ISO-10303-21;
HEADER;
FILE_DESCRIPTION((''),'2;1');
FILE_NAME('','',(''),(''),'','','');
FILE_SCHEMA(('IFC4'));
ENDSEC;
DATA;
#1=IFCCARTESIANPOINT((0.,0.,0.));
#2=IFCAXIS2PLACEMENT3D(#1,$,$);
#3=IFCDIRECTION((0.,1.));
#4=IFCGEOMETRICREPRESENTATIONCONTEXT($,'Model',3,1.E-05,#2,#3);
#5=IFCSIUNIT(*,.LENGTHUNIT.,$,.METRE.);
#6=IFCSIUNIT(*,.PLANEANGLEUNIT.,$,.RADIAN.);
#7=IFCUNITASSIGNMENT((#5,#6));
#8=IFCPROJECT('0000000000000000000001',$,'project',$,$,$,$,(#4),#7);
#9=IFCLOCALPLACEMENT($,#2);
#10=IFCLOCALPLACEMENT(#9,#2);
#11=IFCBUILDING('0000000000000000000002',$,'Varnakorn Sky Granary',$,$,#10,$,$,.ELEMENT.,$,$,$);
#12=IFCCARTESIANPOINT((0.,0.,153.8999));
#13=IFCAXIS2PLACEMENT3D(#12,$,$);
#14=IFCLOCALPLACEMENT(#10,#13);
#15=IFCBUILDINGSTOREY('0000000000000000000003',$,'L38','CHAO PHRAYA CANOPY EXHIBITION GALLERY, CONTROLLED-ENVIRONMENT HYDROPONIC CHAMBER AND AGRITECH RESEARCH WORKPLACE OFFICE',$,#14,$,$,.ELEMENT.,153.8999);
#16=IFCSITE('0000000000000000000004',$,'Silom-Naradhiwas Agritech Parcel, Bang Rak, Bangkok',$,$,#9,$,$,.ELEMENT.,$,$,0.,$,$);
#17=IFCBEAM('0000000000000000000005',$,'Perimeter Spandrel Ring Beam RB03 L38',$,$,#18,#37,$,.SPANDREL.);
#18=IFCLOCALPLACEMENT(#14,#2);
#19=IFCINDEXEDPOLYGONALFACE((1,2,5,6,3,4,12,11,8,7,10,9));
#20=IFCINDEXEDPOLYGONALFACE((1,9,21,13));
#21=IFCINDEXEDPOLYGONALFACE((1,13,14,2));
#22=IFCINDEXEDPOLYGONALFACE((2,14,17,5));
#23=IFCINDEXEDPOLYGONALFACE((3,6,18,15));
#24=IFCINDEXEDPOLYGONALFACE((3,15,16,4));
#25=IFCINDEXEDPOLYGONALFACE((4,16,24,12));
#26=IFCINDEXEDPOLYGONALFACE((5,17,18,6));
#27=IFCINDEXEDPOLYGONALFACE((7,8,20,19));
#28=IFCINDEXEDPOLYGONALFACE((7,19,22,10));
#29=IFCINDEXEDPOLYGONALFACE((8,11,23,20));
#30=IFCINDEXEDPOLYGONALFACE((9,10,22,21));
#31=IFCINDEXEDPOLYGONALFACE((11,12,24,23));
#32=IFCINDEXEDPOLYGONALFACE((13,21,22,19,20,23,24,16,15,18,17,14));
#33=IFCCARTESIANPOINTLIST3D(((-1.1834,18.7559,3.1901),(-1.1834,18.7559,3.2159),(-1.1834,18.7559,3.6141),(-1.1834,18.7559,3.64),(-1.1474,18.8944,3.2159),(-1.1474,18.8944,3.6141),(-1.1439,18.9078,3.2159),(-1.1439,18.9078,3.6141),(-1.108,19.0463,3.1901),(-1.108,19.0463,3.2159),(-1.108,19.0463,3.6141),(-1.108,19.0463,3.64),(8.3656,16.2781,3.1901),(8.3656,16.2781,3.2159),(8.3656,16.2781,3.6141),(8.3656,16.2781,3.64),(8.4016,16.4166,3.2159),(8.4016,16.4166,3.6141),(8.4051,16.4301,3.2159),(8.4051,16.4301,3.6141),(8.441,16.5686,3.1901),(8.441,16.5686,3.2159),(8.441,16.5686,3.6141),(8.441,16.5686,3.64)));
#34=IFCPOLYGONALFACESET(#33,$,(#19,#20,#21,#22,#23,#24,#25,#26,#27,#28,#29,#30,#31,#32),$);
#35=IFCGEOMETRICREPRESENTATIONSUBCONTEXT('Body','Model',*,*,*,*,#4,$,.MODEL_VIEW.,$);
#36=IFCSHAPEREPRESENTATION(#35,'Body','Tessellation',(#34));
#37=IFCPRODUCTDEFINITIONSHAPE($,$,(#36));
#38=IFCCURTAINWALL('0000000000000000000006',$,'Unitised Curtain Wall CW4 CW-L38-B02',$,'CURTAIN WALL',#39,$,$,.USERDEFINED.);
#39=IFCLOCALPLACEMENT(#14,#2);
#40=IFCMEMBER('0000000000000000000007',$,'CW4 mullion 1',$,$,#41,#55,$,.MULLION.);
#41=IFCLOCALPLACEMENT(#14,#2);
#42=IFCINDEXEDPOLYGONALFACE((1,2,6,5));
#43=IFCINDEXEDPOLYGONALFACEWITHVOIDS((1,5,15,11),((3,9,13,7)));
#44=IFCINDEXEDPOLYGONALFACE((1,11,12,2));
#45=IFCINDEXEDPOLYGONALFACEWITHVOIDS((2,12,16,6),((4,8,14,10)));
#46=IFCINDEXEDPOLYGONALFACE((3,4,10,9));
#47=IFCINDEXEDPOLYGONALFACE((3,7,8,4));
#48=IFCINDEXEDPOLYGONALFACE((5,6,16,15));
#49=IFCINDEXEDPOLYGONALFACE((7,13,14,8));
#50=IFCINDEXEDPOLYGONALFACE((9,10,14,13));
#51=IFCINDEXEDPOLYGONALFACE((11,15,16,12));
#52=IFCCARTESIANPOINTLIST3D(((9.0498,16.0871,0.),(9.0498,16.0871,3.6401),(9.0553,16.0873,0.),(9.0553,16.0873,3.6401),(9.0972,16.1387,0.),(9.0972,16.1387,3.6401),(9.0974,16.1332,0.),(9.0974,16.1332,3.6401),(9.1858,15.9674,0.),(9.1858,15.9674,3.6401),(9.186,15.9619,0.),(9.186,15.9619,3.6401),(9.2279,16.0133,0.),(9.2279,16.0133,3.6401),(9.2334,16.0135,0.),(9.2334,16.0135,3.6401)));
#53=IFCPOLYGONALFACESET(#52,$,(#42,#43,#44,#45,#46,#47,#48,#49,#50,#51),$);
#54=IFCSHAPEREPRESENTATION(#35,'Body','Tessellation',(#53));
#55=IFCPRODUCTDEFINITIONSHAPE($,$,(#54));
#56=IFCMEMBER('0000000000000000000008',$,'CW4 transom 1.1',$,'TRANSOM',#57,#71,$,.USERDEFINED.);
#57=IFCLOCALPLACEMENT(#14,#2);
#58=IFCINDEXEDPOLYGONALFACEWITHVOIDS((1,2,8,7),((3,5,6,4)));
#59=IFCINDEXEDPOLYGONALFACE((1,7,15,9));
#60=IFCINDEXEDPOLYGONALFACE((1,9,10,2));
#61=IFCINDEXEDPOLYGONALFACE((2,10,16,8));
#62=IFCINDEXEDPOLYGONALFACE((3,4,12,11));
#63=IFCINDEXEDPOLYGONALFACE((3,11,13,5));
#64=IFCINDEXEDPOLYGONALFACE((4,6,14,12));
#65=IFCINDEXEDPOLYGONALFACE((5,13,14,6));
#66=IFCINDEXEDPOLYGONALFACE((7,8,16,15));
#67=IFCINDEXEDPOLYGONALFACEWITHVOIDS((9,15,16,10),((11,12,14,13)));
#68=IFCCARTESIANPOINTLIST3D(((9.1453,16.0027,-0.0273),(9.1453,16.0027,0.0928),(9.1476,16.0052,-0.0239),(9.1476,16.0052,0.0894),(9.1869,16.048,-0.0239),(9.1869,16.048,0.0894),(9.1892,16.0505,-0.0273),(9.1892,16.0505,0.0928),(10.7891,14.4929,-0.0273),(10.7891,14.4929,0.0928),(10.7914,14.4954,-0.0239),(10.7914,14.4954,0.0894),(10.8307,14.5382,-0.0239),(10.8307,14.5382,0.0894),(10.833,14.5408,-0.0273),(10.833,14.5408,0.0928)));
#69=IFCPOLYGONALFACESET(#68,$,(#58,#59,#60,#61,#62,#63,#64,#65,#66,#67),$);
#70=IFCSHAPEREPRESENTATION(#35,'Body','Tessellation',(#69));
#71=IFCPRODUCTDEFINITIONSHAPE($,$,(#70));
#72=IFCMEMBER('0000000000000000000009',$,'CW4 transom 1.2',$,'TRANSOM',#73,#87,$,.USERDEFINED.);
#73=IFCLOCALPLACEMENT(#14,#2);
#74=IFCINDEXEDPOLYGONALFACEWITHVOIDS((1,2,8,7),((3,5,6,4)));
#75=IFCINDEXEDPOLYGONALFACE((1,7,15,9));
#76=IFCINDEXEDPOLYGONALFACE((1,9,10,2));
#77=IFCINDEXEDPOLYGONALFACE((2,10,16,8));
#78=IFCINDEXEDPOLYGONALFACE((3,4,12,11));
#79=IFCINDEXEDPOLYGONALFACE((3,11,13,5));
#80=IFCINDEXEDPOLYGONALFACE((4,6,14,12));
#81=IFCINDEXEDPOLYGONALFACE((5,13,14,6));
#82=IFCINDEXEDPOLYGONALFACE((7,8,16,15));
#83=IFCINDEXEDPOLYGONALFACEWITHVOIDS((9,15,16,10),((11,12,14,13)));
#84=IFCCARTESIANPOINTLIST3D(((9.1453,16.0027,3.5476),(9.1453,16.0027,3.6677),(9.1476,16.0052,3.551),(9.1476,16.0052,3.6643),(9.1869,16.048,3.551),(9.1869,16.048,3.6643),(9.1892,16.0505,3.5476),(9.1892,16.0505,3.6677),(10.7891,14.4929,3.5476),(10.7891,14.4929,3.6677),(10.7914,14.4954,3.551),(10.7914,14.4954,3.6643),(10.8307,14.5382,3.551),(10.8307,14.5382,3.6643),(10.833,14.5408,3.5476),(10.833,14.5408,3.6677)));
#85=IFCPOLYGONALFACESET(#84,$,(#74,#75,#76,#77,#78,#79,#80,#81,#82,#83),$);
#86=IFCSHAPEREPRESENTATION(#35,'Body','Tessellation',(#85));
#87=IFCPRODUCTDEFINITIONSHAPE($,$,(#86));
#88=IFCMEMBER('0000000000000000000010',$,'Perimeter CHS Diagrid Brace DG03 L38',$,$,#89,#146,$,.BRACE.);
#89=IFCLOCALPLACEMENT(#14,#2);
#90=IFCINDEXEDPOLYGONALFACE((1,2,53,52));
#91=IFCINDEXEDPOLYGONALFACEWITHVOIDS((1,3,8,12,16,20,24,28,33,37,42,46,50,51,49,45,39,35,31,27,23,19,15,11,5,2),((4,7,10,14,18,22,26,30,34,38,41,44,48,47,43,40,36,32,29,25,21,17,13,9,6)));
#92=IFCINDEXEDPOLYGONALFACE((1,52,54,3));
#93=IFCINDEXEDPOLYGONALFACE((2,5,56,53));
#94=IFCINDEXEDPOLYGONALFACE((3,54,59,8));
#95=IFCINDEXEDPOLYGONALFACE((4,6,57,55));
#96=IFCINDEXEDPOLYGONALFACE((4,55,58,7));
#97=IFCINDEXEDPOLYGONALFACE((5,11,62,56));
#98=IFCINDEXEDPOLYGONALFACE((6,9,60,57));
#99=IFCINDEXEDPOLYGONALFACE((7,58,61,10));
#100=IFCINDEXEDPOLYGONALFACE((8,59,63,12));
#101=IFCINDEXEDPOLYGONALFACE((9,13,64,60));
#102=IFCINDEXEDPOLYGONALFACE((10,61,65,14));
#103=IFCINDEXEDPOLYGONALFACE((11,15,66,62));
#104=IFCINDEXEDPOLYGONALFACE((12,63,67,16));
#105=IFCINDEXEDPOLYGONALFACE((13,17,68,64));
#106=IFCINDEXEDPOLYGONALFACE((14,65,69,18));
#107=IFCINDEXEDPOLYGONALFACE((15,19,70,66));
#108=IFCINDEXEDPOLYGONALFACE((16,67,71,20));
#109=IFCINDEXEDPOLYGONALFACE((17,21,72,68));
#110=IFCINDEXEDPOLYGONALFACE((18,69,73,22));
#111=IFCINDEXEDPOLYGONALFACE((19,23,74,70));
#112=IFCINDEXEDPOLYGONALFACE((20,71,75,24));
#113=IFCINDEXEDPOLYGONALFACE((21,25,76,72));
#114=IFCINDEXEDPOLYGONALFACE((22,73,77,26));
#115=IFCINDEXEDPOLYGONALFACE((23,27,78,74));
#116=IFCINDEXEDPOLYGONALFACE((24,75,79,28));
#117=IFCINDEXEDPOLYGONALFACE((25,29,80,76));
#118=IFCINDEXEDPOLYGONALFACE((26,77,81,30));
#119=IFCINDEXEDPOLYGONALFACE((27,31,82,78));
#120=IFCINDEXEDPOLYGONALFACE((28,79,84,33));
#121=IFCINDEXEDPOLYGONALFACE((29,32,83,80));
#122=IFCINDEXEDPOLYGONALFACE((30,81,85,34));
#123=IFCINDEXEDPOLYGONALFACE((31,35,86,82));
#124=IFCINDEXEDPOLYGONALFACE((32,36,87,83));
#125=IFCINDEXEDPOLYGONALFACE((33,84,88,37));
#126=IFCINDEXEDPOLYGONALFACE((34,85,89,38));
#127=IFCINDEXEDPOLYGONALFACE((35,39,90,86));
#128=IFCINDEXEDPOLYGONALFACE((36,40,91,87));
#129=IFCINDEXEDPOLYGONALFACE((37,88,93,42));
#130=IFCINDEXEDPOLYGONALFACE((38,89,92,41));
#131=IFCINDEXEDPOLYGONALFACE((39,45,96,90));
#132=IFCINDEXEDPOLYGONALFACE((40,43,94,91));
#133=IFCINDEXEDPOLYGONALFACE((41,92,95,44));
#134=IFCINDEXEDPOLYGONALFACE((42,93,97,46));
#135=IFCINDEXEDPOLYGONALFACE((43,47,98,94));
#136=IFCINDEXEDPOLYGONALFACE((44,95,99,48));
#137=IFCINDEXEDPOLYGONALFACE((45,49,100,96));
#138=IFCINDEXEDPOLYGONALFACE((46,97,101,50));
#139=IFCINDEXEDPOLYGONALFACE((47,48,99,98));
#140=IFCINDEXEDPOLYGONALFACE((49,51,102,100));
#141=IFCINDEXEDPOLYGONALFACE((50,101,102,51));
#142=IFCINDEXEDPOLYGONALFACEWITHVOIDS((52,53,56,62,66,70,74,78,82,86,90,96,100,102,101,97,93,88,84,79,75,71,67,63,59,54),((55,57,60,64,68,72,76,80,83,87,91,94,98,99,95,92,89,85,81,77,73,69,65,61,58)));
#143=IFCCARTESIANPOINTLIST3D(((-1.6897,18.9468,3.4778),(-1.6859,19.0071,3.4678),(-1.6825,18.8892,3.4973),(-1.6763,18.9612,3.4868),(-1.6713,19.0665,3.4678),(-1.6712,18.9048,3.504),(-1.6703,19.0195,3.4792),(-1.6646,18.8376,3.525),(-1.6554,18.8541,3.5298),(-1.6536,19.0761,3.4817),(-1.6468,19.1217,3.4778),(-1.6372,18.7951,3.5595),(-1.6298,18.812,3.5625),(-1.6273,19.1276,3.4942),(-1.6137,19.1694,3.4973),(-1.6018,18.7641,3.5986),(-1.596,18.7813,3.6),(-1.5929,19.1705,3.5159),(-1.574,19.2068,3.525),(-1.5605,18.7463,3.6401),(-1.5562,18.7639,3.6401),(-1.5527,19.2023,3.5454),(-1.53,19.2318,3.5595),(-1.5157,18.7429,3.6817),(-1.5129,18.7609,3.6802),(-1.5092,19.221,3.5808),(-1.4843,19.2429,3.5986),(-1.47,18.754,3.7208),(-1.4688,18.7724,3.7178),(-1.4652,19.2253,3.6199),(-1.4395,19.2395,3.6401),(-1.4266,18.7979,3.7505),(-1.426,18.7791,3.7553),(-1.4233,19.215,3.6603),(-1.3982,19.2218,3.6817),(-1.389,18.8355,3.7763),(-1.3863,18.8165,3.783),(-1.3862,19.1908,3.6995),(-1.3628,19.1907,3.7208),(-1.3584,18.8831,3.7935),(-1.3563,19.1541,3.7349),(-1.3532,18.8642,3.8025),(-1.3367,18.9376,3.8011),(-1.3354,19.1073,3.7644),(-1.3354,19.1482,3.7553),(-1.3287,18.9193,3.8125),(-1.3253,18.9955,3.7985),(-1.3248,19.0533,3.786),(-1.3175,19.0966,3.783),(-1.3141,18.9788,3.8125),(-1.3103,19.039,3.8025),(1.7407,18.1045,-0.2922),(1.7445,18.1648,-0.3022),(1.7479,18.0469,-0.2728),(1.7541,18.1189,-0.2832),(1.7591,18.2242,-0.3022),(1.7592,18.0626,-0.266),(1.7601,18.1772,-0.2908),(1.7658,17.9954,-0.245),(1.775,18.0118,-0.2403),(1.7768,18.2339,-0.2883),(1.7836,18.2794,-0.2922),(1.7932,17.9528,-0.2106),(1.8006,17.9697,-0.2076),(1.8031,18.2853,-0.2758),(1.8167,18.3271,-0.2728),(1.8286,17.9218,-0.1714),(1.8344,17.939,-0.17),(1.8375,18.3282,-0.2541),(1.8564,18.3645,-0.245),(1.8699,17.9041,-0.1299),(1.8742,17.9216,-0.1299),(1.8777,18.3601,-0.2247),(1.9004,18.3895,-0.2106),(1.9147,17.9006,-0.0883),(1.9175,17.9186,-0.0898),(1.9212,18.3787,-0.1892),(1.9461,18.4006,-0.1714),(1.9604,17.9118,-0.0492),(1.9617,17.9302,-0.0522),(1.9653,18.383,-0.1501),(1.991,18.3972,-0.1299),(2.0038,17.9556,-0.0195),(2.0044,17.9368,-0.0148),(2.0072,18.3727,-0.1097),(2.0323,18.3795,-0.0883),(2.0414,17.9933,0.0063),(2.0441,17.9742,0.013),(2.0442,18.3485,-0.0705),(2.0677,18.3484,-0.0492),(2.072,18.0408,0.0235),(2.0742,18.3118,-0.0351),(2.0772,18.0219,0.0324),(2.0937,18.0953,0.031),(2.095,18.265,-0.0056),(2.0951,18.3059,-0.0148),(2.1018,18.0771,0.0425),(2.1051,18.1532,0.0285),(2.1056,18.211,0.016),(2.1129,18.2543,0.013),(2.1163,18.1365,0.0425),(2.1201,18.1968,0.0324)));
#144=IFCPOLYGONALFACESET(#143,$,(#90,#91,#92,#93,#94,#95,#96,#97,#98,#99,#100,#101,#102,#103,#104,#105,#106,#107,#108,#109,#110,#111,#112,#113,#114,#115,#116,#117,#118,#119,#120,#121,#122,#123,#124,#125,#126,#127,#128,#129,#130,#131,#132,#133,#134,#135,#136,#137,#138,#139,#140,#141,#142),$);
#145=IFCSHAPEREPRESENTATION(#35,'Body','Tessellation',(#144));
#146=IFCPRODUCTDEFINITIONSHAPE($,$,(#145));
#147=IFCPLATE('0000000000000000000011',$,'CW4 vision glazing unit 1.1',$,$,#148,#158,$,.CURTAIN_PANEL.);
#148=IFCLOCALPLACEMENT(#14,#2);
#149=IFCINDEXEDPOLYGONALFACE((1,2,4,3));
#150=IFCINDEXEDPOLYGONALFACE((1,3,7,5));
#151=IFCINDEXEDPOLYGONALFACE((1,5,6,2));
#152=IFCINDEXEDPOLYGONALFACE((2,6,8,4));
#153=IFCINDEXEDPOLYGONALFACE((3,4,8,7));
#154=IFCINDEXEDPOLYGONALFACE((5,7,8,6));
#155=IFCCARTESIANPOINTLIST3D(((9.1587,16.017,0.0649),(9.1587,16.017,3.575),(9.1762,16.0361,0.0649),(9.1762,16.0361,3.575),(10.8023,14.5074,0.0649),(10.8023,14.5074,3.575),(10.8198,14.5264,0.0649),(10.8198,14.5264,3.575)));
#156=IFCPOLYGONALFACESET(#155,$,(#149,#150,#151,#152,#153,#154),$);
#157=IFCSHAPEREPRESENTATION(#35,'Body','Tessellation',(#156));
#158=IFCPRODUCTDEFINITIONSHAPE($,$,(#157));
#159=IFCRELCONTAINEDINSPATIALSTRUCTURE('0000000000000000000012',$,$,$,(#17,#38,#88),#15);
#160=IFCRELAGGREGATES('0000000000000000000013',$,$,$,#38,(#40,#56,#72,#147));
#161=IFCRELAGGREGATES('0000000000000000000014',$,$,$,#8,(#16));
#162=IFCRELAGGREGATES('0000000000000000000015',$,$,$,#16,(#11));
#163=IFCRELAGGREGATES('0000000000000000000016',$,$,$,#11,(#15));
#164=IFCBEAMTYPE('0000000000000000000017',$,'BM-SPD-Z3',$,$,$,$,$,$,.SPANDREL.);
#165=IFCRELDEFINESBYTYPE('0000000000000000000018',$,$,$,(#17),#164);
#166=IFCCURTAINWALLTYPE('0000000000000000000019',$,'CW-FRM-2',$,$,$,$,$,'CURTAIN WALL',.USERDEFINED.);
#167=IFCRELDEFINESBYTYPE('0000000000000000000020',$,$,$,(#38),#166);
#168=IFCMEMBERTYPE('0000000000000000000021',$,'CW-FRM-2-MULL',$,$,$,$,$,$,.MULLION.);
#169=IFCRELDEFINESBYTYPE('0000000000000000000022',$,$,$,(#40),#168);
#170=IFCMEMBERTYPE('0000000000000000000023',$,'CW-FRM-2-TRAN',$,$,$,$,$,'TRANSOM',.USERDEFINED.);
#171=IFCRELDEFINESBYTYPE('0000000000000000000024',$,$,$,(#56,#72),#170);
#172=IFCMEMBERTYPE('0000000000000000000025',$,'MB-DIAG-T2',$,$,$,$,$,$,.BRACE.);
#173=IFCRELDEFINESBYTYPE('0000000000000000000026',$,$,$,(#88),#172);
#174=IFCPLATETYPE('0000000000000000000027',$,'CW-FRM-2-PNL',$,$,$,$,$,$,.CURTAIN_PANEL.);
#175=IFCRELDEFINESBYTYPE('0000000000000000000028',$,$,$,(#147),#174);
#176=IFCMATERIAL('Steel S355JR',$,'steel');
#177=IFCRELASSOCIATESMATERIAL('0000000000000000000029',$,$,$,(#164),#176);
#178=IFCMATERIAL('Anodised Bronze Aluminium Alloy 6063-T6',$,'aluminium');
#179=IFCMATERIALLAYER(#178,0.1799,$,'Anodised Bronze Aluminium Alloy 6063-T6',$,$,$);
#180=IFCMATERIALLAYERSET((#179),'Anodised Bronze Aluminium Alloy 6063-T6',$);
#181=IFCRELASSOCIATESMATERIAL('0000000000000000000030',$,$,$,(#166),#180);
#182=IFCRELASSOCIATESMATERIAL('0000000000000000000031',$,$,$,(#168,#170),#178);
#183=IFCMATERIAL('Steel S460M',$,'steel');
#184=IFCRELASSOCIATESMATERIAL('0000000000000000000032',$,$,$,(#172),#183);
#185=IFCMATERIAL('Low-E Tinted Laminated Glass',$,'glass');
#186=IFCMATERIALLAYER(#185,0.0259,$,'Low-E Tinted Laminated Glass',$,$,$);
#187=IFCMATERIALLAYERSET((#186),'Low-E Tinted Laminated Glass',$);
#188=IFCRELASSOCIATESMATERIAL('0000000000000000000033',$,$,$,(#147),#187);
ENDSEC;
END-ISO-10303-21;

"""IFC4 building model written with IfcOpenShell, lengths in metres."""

from ifc_helpers import new_model, si_unit, direction, frame, origin, origin_2d, place, context, subcontext, project, spatial, rectangle, hollow_rectangle, hollow_circle, i_section, extrude, source, transform, mapped, material, layer, layer_set, material_profile, profile_set, type_object, type_shapes, element, aggregate, save


model = new_model("IFC4")

# Units and contexts
model_context = context("Model", 3, precision=1e-05, world=origin(), true_north=direction((0.0, 1.0)))
body_context = subcontext(model_context, "Body", "Model", "MODEL_VIEW")
ifc_project = project(units=[si_unit("LENGTHUNIT", "METRE"), si_unit("PLANEANGLEUNIT", "RADIAN")], contexts=[model_context])

# Site, building, storey
site_placement = place(None, origin())
site = spatial("IfcSite", under=ifc_project, at=site_placement, Name="Silom-Naradhiwas Agritech Parcel, Bang Rak, Bangkok", CompositionType="ELEMENT", RefElevation=0.0)
building_placement = place(site_placement, origin())
building = spatial("IfcBuilding", under=site, at=building_placement, Name="Varnakorn Sky Granary", CompositionType="ELEMENT")
storey_placement = place(building_placement, frame((0.0, 0.0, 153.8999)))
storey = spatial("IfcBuildingStorey", under=building, at=storey_placement, Name="L38", Description="CHAO PHRAYA CANOPY EXHIBITION GALLERY, CONTROLLED-ENVIRONMENT HYDROPONIC CHAMBER AND AGRITECH RESEARCH WORKPLACE OFFICE", CompositionType="ELEMENT", Elevation=153.8999)

# Shared definitions
ifc_material_1 = material(Name="Steel S460M", Category="steel")

# Beam
ifc_material_2 = material(Name="Steel S355JR", Category="steel")
ifc_material_profile_1 = material_profile(ifc_material_2, i_section(OverallWidth=0.3, OverallDepth=0.45, WebThickness=0.0139, FlangeThickness=0.0259, at=origin_2d()), Name="HE 450 B")
ifc_profile_set_1 = profile_set([ifc_material_profile_1], Name="Steel S355JR")
beam_type_1 = type_object("IfcBeamType", Name="BM-SPD-Z3", PredefinedType="SPANDREL", material=ifc_profile_set_1)
beam_1_placement = place(storey_placement, frame((8.4033, 16.4233, 3.415), z_axis=(-0.967945, 0.251161, 0.0), x_axis=(-0.251161, -0.967945, 0.0)))
element("IfcBeam", 1, at=beam_1_placement, inside=storey, type_object=beam_type_1, Name="Perimeter Spandrel Ring Beam RB03 L38", PredefinedType="SPANDREL", context=body_context, shape_type="SweptSolid", body=[
    extrude(i_section(OverallWidth=0.3, OverallDepth=0.45, WebThickness=0.0139, FlangeThickness=0.0259, at=origin_2d()), origin(), (0.0, 0.0, 1.0), 9.8652),
])

# Curtain wall, members
ifc_material_3 = material(Name="Anodised Bronze Aluminium Alloy 6063-T6", Category="aluminium")
ifc_layer_1 = layer(ifc_material_3, 0.1799, Name="Anodised Bronze Aluminium Alloy 6063-T6")
ifc_layer_set_1 = layer_set([ifc_layer_1], Name="Anodised Bronze Aluminium Alloy 6063-T6")
curtain_wall_type = type_object("IfcCurtainWallType", Name="CW-FRM-2", ElementType="CURTAIN WALL", PredefinedType="USERDEFINED", material=ifc_layer_set_1)
curtain_wall_placement = place(storey_placement, origin())
curtain_wall = element("IfcCurtainWall", 2, at=curtain_wall_placement, inside=storey, type_object=curtain_wall_type, Name="Unitised Curtain Wall CW4 CW-L38-B02", ObjectType="CURTAIN WALL", PredefinedType="USERDEFINED")
ifc_material_profile_2 = material_profile(ifc_material_3, hollow_rectangle(XDim=0.0701, YDim=0.1851, WallThickness=0.0039, at=origin_2d()), Name="ALU MULL 70x185")
ifc_profile_set_2 = profile_set([ifc_material_profile_2], Name="Anodised Bronze Aluminium Alloy 6063-T6")
member_type_1 = type_object("IfcMemberType", Name="CW-FRM-2-MULL", PredefinedType="MULLION", material=ifc_profile_set_2)
member_1_placement = place(storey_placement, frame((9.1416, 16.0503, 0.0), z_axis=(0.0, 0.0, 1.0), x_axis=(0.676472, 0.736469, 0.0)))
member_1 = element("IfcMember", 3, at=member_1_placement, type_object=member_type_1, Name="CW4 mullion 1", PredefinedType="MULLION", context=body_context, shape_type="SweptSolid", body=[
    extrude(hollow_rectangle(XDim=0.0701, YDim=0.1851, WallThickness=0.0039, at=origin_2d()), origin(), (0.0, 0.0, 1.0), 3.6401),
])
ifc_material_profile_3 = material_profile(ifc_material_3, hollow_rectangle(XDim=0.0649, YDim=0.1201, WallThickness=0.0034, at=origin_2d()), Name="ALU TRAN 65x120")
ifc_profile_set_3 = profile_set([ifc_material_profile_3], Name="Anodised Bronze Aluminium Alloy 6063-T6")
member_type_2 = type_object("IfcMemberType", Name="CW-FRM-2-TRAN", ElementType="TRANSOM", PredefinedType="USERDEFINED", material=ifc_profile_set_3)
member_2_placement = place(storey_placement, frame((9.1672, 16.0266, 0.0327), z_axis=(0.736495, -0.676443, 0.0), x_axis=(0.676443, 0.736495, 0.0)))
member_2 = element("IfcMember", 4, at=member_2_placement, type_object=member_type_2, Name="CW4 transom 1.1", ObjectType="TRANSOM", PredefinedType="USERDEFINED", context=body_context, shape_type="SweptSolid", body=[
    extrude(hollow_rectangle(XDim=0.0649, YDim=0.1201, WallThickness=0.0034, at=origin_2d()), origin(), (0.0, 0.0, 1.0), 2.2319),
])
member_3_placement = place(storey_placement, frame((9.1672, 16.0266, 3.6077), z_axis=(0.736495, -0.676443, 0.0), x_axis=(0.676443, 0.736495, 0.0)))
member_3 = element("IfcMember", 5, at=member_3_placement, type_object=member_type_2, Name="CW4 transom 1.2", ObjectType="TRANSOM", PredefinedType="USERDEFINED", context=body_context, shape_type="SweptSolid", body=[
    extrude(hollow_rectangle(XDim=0.0649, YDim=0.1201, WallThickness=0.0034, at=origin_2d()), origin(), (0.0, 0.0, 1.0), 2.2319),
])

# Member
ifc_material_profile_4 = material_profile(ifc_material_1, hollow_circle(Radius=0.2539, WallThickness=0.0181, at=origin_2d()), Name="CHS 508x18")
ifc_profile_set_4 = profile_set([ifc_material_profile_4], Name="Steel S460M")
member_type_3 = type_object("IfcMemberType", Name="MB-DIAG-T2", PredefinedType="BRACE", material=ifc_profile_set_4)
member_4_placement = place(storey_placement, frame((1.9304, 18.1506, -0.1299), z_axis=(-0.664004, 0.163036, 0.729738), x_axis=(-0.238452, -0.971154, 0.0)))
element("IfcMember", 6, at=member_4_placement, inside=storey, type_object=member_type_3, Name="Perimeter CHS Diagrid Brace DG03 L38", PredefinedType="BRACE", context=body_context, shape_type="SweptSolid", body=[
    extrude(hollow_circle(Radius=0.2539, WallThickness=0.0181, at=origin_2d()), origin(), (0.0, 0.0, 1.0), 5.1663),
])

# Plate
ifc_material_4 = material(Name="Low-E Tinted Laminated Glass", Category="glass")
ifc_layer_2 = layer(ifc_material_4, 0.0259, Name="Low-E Tinted Laminated Glass")
ifc_layer_set_2 = layer_set([ifc_layer_2], Name="Low-E Tinted Laminated Glass")
plate_type = type_object("IfcPlateType", Name="CW-FRM-2-PNL", PredefinedType="CURTAIN_PANEL")
shared_shape_1 = source(origin(), body_context, "Body", "SweptSolid", [
    extrude(rectangle(XDim=2.2317, YDim=0.0259, at=origin_2d()), origin(), (0.0, 0.0, 1.0), 3.51),
])
type_shapes(plate_type, [shared_shape_1])
plate_placement = place(storey_placement, frame((9.9893, 15.2717, 0.0649), z_axis=(0.0, 0.0, 1.0), x_axis=(0.736469, -0.676472, 0.0)))
plate = element("IfcPlate", 7, at=plate_placement, type_object=plate_type, material=ifc_layer_set_2, Name="CW4 vision glazing unit 1.1", PredefinedType="CURTAIN_PANEL", context=body_context, shape_type="MappedRepresentation", body=[
    mapped(shared_shape_1, transform((0.0, 0.0, 0.0), x_axis=(1.0, 0.0, 0.0), y_axis=(0.0, 1.0, 0.0), z_axis=(0.0, 0.0, 1.0), scale=1.0)),
])
aggregate(curtain_wall, [member_1, member_2, member_3, plate])

save(model, "model.ifc")
